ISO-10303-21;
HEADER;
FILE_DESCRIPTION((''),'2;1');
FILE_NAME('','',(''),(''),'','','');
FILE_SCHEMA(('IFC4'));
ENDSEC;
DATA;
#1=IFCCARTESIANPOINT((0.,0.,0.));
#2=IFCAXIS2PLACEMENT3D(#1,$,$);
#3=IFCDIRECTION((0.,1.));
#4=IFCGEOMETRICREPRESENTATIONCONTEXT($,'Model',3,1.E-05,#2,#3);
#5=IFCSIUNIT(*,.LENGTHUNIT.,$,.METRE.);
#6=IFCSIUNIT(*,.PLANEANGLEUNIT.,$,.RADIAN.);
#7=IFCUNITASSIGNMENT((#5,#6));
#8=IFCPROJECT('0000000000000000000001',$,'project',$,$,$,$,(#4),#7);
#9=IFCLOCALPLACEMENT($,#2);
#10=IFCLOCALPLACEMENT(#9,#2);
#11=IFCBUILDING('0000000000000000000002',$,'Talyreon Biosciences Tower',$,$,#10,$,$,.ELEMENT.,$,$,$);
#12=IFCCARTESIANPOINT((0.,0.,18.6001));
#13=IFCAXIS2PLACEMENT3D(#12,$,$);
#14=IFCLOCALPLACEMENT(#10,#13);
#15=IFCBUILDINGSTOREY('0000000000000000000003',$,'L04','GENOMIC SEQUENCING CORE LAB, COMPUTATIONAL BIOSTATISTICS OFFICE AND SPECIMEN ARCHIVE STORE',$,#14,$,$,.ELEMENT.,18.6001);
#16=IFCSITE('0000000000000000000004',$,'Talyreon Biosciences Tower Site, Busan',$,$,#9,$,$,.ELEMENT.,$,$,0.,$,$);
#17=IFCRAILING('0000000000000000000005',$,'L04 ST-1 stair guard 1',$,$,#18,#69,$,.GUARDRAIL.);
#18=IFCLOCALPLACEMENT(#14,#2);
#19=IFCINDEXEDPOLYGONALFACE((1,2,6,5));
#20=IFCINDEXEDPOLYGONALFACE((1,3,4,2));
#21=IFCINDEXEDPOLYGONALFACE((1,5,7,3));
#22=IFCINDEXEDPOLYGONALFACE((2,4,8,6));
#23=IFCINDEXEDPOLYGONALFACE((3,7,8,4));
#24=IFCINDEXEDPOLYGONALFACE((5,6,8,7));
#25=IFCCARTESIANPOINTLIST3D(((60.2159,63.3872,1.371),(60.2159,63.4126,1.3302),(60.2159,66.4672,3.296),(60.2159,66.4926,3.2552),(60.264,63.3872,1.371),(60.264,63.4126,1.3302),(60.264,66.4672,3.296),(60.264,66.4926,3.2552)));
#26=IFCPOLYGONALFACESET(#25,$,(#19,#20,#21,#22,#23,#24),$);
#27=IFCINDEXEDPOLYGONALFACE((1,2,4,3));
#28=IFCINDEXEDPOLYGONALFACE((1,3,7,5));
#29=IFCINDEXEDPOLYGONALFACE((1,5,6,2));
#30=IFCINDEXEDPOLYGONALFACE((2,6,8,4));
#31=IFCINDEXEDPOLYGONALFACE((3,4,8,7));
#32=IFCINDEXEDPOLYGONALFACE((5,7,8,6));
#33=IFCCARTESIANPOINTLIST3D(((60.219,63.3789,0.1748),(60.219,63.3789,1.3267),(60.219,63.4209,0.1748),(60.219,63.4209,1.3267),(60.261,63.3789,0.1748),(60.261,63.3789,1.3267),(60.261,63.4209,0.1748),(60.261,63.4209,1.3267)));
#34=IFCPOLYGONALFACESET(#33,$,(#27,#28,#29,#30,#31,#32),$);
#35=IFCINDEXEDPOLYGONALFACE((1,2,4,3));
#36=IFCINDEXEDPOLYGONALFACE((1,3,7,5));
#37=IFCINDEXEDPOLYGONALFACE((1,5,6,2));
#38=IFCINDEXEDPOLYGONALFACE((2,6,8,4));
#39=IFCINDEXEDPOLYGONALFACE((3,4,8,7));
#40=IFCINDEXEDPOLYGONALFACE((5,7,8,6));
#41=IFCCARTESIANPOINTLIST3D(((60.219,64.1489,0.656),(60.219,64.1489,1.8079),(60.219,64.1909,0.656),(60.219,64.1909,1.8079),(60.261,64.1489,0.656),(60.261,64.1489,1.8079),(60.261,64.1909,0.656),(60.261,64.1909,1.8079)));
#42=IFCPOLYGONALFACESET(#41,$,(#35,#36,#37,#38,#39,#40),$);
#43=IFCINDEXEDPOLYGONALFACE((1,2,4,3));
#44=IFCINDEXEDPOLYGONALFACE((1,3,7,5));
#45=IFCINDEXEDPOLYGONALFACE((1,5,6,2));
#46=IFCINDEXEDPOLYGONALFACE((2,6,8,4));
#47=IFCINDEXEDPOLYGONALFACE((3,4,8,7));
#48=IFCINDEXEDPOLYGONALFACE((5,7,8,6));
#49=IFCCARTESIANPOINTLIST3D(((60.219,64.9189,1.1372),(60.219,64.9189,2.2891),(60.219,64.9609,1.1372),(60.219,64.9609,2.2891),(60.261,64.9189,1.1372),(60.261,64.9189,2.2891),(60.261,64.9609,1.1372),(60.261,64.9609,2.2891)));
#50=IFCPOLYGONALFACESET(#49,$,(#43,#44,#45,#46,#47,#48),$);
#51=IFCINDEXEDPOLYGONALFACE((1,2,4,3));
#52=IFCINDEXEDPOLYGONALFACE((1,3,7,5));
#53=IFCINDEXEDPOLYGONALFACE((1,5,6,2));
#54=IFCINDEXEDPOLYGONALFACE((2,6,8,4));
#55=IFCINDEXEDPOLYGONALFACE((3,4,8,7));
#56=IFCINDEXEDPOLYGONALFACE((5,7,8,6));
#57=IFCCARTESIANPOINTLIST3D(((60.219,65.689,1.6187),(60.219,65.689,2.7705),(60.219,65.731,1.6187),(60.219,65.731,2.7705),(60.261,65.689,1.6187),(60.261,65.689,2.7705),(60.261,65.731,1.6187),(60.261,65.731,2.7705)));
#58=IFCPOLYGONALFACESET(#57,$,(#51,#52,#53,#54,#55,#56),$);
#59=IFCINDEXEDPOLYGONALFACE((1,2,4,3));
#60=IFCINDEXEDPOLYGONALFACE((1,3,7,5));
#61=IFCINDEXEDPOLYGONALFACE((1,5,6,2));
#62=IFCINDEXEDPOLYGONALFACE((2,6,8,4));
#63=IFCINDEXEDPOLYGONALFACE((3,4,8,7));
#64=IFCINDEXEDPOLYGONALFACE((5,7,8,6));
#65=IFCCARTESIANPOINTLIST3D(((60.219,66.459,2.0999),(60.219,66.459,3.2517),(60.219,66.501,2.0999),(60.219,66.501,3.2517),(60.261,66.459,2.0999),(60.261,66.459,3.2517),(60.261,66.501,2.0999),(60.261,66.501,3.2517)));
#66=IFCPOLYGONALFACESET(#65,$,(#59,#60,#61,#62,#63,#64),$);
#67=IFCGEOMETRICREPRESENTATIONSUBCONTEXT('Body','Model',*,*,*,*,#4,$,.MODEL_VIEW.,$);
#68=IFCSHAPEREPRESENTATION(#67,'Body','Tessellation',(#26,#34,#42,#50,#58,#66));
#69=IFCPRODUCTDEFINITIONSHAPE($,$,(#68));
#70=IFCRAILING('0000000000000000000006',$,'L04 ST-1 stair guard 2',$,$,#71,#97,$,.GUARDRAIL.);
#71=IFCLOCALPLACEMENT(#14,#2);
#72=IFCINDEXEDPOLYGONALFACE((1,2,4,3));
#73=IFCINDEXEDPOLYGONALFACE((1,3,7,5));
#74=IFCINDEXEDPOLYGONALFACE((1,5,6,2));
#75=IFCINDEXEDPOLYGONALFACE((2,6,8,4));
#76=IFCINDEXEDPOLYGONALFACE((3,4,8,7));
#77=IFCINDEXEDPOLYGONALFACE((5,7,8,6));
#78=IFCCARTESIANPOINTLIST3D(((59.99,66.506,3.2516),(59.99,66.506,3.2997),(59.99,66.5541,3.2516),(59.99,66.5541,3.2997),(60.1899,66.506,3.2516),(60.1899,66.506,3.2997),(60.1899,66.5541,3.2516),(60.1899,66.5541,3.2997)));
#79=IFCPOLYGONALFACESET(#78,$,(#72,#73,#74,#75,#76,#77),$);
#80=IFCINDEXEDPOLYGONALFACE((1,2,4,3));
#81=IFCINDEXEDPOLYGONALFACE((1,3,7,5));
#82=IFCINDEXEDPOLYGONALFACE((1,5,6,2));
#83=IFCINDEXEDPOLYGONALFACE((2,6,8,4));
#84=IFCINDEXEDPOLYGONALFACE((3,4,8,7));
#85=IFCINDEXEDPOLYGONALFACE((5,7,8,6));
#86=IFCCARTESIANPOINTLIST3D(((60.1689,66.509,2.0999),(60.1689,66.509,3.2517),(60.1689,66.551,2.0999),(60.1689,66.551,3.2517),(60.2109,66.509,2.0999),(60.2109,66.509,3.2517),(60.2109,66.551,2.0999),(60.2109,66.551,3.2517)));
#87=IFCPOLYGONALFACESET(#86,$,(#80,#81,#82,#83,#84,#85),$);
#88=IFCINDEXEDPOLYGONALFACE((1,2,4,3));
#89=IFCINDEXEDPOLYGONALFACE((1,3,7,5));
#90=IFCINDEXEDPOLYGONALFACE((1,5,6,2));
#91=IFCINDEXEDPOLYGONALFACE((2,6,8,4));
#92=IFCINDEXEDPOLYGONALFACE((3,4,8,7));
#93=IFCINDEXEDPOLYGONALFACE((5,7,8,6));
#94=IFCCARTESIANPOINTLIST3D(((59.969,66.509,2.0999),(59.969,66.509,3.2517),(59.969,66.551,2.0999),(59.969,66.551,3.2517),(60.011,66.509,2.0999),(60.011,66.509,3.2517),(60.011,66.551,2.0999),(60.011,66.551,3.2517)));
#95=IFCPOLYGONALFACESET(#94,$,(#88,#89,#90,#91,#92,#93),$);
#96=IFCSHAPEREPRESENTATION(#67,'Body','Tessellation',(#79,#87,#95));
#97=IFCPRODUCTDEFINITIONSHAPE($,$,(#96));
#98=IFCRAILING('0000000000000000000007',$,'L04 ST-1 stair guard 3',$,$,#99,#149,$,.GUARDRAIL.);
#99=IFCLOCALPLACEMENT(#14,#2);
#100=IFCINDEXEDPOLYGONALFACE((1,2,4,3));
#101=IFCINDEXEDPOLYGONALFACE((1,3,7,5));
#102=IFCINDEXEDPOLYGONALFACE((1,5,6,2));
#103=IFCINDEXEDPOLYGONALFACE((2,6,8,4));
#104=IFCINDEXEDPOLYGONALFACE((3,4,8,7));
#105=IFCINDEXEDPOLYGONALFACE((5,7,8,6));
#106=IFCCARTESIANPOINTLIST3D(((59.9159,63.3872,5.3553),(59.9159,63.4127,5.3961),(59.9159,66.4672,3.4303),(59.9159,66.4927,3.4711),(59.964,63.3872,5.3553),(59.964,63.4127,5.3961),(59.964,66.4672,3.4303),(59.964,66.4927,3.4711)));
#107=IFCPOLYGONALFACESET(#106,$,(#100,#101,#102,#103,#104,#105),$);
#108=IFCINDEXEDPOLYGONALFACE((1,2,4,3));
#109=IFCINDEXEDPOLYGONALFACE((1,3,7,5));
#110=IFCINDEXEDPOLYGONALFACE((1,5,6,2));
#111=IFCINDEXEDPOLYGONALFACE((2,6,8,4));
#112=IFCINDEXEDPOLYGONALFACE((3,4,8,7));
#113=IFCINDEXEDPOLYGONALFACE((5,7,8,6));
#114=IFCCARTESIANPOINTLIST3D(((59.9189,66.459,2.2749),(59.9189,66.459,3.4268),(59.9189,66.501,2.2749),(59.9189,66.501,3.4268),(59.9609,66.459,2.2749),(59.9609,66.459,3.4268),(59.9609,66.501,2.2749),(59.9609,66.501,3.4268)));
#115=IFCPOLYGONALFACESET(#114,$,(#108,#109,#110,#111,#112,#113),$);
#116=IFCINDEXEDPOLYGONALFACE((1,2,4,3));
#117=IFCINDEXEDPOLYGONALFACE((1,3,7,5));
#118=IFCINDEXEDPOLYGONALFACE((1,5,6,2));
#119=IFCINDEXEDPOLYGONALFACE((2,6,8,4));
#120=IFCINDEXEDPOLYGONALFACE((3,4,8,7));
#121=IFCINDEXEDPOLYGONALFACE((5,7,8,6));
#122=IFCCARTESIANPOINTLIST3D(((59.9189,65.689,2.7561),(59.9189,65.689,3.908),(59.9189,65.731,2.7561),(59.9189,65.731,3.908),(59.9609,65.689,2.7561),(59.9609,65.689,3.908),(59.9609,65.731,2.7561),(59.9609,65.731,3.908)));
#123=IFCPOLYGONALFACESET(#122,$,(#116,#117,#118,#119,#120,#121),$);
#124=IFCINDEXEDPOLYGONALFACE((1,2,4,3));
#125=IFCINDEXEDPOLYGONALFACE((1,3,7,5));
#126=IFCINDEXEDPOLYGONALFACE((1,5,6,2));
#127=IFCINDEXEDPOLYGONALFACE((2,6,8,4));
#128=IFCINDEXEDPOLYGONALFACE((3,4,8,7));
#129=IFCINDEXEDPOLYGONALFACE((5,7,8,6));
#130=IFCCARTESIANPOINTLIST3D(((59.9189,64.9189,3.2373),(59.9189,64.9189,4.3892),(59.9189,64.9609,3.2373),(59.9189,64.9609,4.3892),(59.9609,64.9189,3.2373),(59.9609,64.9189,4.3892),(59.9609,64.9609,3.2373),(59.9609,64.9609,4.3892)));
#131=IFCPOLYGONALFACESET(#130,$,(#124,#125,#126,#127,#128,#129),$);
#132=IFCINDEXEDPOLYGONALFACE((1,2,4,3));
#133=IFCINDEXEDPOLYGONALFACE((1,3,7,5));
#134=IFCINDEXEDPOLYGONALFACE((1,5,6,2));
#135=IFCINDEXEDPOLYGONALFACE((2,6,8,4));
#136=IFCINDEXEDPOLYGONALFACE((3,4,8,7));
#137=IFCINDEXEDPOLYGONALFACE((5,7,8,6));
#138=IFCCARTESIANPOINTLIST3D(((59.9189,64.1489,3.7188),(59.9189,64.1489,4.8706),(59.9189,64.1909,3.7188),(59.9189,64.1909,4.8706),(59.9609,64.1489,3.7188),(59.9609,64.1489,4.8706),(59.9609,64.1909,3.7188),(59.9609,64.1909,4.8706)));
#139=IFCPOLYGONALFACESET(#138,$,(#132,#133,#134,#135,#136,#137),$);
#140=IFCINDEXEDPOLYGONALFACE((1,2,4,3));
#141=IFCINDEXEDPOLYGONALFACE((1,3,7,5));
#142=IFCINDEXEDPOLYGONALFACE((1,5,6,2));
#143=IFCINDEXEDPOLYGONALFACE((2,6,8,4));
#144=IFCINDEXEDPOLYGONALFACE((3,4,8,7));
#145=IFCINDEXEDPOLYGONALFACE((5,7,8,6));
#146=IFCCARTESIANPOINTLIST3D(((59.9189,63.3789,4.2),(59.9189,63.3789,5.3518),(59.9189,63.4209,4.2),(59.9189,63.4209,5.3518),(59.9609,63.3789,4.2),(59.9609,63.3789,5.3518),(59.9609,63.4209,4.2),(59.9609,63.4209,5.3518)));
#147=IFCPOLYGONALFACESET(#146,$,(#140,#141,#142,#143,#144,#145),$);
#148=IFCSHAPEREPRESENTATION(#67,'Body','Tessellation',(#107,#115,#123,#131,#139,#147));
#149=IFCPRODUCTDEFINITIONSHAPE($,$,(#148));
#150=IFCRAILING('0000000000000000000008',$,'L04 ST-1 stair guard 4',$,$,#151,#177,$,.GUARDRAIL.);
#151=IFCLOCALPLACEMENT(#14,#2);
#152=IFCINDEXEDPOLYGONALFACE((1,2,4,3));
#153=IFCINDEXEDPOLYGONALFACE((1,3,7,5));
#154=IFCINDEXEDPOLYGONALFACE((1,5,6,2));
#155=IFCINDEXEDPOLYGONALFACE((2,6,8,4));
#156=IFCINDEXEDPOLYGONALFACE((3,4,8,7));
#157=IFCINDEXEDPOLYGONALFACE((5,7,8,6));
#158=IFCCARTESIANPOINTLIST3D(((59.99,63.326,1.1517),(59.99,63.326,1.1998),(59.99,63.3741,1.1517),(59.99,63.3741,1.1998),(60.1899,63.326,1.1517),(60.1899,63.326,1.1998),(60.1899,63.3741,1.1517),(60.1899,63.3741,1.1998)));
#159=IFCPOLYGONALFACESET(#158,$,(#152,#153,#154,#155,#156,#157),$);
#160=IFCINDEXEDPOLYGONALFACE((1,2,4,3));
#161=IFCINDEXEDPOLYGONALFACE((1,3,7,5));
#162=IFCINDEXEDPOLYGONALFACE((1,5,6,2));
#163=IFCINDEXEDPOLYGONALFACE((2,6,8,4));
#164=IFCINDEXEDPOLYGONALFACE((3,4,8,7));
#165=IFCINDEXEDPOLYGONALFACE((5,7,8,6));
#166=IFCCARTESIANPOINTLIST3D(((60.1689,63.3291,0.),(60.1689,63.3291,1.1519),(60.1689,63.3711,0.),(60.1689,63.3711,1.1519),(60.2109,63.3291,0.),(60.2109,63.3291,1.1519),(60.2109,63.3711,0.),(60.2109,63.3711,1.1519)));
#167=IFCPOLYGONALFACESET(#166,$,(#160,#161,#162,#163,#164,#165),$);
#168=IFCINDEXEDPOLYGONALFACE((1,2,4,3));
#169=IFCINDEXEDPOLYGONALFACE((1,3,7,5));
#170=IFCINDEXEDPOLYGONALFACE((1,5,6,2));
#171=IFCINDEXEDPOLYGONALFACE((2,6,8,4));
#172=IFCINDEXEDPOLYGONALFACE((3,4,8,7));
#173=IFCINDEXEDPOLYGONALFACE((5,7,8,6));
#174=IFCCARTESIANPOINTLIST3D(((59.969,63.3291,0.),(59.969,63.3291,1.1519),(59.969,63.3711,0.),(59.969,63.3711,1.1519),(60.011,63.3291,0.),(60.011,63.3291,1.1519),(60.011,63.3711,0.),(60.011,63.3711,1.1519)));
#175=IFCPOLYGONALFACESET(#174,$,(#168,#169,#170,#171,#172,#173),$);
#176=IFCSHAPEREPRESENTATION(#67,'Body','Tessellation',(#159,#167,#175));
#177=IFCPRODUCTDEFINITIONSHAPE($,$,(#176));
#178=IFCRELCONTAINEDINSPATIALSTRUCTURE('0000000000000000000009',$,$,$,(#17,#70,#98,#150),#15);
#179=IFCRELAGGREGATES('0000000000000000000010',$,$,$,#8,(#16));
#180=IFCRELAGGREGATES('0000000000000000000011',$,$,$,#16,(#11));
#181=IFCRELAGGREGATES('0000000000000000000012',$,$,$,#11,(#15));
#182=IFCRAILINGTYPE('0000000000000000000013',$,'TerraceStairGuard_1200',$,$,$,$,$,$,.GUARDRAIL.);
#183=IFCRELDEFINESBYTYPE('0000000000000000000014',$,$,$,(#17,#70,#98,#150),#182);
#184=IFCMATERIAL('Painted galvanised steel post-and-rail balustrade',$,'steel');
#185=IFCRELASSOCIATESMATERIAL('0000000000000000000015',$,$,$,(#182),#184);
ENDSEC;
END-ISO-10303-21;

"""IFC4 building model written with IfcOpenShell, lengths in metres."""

from ifc_helpers import new_model, si_unit, direction, frame, origin, origin_2d, place, context, subcontext, project, spatial, rectangle, extrude, material, type_object, element, save


model = new_model("IFC4")

# Units and contexts
model_context = context("Model", 3, precision=1e-05, world=origin(), true_north=direction((0.0, 1.0)))
body_context = subcontext(model_context, "Body", "Model", "MODEL_VIEW")
ifc_project = project(units=[si_unit("LENGTHUNIT", "METRE"), si_unit("PLANEANGLEUNIT", "RADIAN")], contexts=[model_context])

# Site, building, storey
site_placement = place(None, origin())
site = spatial("IfcSite", under=ifc_project, at=site_placement, Name="Talyreon Biosciences Tower Site, Busan", CompositionType="ELEMENT", RefElevation=0.0)
building_placement = place(site_placement, origin())
building = spatial("IfcBuilding", under=site, at=building_placement, Name="Talyreon Biosciences Tower", CompositionType="ELEMENT")
storey_placement = place(building_placement, frame((0.0, 0.0, 18.6001)))
storey = spatial("IfcBuildingStorey", under=building, at=storey_placement, Name="L04", Description="GENOMIC SEQUENCING CORE LAB, COMPUTATIONAL BIOSTATISTICS OFFICE AND SPECIMEN ARCHIVE STORE", CompositionType="ELEMENT", Elevation=18.6001)

# Railings
ifc_material_1 = material(Name="Painted galvanised steel post-and-rail balustrade", Category="steel")
railing_type_1 = type_object("IfcRailingType", Name="TerraceStairGuard_1200", PredefinedType="GUARDRAIL", material=ifc_material_1)
railing_1_placement = place(storey_placement, frame((60.24, 63.3999, 0.1748)))
element("IfcRailing", 1, at=railing_1_placement, inside=storey, type_object=railing_type_1, Name="L04 ST-1 stair guard 1", PredefinedType="GUARDRAIL", context=body_context, shape_type="SweptSolid", body=[
    extrude(rectangle(XDim=0.0481, YDim=0.0481, at=origin_2d()), frame((0.0, 0.0, 1.1758), z_axis=(0.0, 0.847998, 0.529999), x_axis=(-1.0, 0.0, 0.0)), (0.0, 0.0, 1.0), 3.6321),
    extrude(rectangle(XDim=0.042, YDim=0.042, at=origin_2d()), origin(), (0.0, 0.0, 1.0), 1.1519),
    extrude(rectangle(XDim=0.042, YDim=0.042, at=origin_2d()), frame((0.0, 0.77, 0.4812)), (0.0, 0.0, 1.0), 1.1519),
    extrude(rectangle(XDim=0.042, YDim=0.042, at=origin_2d()), frame((0.0, 1.54, 0.9624)), (0.0, 0.0, 1.0), 1.1519),
    extrude(rectangle(XDim=0.042, YDim=0.042, at=origin_2d()), frame((0.0, 2.3101, 1.4438)), (0.0, 0.0, 1.0), 1.1519),
    extrude(rectangle(XDim=0.042, YDim=0.042, at=origin_2d()), frame((0.0, 3.0801, 1.925)), (0.0, 0.0, 1.0), 1.1519),
])
railing_2_placement = place(storey_placement, frame((60.1899, 66.53, 2.0999)))
element("IfcRailing", 2, at=railing_2_placement, inside=storey, type_object=railing_type_1, Name="L04 ST-1 stair guard 2", PredefinedType="GUARDRAIL", context=body_context, shape_type="SweptSolid", body=[
    extrude(rectangle(XDim=0.0481, YDim=0.0481, at=origin_2d()), frame((0.0, 0.0, 1.1758), z_axis=(-1.0, 0.0, 0.0), x_axis=(0.0, -1.0, 0.0)), (0.0, 0.0, 1.0), 0.2),
    extrude(rectangle(XDim=0.042, YDim=0.042, at=origin_2d()), origin(), (0.0, 0.0, 1.0), 1.1519),
    extrude(rectangle(XDim=0.042, YDim=0.042, at=origin_2d()), frame((-0.2, 0.0, 0.0)), (0.0, 0.0, 1.0), 1.1519),
])
railing_3_placement = place(storey_placement, frame((59.9399, 66.48, 2.2749)))
element("IfcRailing", 3, at=railing_3_placement, inside=storey, type_object=railing_type_1, Name="L04 ST-1 stair guard 3", PredefinedType="GUARDRAIL", context=body_context, shape_type="SweptSolid", body=[
    extrude(rectangle(XDim=0.0481, YDim=0.0481, at=origin_2d()), frame((0.0, 0.0, 1.1758), z_axis=(0.0, -0.847998, 0.529999), x_axis=(1.0, 0.0, 0.0)), (0.0, 0.0, 1.0), 3.6321),
    extrude(rectangle(XDim=0.042, YDim=0.042, at=origin_2d()), origin(), (0.0, 0.0, 1.0), 1.1519),
    extrude(rectangle(XDim=0.042, YDim=0.042, at=origin_2d()), frame((0.0, -0.77, 0.4812)), (0.0, 0.0, 1.0), 1.1519),
    extrude(rectangle(XDim=0.042, YDim=0.042, at=origin_2d()), frame((0.0, -1.54, 0.9624)), (0.0, 0.0, 1.0), 1.1519),
    extrude(rectangle(XDim=0.042, YDim=0.042, at=origin_2d()), frame((0.0, -2.3101, 1.4438)), (0.0, 0.0, 1.0), 1.1519),
    extrude(rectangle(XDim=0.042, YDim=0.042, at=origin_2d()), frame((0.0, -3.0801, 1.925)), (0.0, 0.0, 1.0), 1.1519),
])
railing_4_placement = place(storey_placement, frame((60.1899, 63.3501, 0.0)))
element("IfcRailing", 4, at=railing_4_placement, inside=storey, type_object=railing_type_1, Name="L04 ST-1 stair guard 4", PredefinedType="GUARDRAIL", context=body_context, shape_type="SweptSolid", body=[
    extrude(rectangle(XDim=0.0481, YDim=0.0481, at=origin_2d()), frame((0.0, 0.0, 1.1758), z_axis=(-1.0, 0.0, 0.0), x_axis=(0.0, -1.0, 0.0)), (0.0, 0.0, 1.0), 0.2),
    extrude(rectangle(XDim=0.042, YDim=0.042, at=origin_2d()), origin(), (0.0, 0.0, 1.0), 1.1519),
    extrude(rectangle(XDim=0.042, YDim=0.042, at=origin_2d()), frame((-0.2, 0.0, 0.0)), (0.0, 0.0, 1.0), 1.1519),
])

save(model, "model.ifc")
